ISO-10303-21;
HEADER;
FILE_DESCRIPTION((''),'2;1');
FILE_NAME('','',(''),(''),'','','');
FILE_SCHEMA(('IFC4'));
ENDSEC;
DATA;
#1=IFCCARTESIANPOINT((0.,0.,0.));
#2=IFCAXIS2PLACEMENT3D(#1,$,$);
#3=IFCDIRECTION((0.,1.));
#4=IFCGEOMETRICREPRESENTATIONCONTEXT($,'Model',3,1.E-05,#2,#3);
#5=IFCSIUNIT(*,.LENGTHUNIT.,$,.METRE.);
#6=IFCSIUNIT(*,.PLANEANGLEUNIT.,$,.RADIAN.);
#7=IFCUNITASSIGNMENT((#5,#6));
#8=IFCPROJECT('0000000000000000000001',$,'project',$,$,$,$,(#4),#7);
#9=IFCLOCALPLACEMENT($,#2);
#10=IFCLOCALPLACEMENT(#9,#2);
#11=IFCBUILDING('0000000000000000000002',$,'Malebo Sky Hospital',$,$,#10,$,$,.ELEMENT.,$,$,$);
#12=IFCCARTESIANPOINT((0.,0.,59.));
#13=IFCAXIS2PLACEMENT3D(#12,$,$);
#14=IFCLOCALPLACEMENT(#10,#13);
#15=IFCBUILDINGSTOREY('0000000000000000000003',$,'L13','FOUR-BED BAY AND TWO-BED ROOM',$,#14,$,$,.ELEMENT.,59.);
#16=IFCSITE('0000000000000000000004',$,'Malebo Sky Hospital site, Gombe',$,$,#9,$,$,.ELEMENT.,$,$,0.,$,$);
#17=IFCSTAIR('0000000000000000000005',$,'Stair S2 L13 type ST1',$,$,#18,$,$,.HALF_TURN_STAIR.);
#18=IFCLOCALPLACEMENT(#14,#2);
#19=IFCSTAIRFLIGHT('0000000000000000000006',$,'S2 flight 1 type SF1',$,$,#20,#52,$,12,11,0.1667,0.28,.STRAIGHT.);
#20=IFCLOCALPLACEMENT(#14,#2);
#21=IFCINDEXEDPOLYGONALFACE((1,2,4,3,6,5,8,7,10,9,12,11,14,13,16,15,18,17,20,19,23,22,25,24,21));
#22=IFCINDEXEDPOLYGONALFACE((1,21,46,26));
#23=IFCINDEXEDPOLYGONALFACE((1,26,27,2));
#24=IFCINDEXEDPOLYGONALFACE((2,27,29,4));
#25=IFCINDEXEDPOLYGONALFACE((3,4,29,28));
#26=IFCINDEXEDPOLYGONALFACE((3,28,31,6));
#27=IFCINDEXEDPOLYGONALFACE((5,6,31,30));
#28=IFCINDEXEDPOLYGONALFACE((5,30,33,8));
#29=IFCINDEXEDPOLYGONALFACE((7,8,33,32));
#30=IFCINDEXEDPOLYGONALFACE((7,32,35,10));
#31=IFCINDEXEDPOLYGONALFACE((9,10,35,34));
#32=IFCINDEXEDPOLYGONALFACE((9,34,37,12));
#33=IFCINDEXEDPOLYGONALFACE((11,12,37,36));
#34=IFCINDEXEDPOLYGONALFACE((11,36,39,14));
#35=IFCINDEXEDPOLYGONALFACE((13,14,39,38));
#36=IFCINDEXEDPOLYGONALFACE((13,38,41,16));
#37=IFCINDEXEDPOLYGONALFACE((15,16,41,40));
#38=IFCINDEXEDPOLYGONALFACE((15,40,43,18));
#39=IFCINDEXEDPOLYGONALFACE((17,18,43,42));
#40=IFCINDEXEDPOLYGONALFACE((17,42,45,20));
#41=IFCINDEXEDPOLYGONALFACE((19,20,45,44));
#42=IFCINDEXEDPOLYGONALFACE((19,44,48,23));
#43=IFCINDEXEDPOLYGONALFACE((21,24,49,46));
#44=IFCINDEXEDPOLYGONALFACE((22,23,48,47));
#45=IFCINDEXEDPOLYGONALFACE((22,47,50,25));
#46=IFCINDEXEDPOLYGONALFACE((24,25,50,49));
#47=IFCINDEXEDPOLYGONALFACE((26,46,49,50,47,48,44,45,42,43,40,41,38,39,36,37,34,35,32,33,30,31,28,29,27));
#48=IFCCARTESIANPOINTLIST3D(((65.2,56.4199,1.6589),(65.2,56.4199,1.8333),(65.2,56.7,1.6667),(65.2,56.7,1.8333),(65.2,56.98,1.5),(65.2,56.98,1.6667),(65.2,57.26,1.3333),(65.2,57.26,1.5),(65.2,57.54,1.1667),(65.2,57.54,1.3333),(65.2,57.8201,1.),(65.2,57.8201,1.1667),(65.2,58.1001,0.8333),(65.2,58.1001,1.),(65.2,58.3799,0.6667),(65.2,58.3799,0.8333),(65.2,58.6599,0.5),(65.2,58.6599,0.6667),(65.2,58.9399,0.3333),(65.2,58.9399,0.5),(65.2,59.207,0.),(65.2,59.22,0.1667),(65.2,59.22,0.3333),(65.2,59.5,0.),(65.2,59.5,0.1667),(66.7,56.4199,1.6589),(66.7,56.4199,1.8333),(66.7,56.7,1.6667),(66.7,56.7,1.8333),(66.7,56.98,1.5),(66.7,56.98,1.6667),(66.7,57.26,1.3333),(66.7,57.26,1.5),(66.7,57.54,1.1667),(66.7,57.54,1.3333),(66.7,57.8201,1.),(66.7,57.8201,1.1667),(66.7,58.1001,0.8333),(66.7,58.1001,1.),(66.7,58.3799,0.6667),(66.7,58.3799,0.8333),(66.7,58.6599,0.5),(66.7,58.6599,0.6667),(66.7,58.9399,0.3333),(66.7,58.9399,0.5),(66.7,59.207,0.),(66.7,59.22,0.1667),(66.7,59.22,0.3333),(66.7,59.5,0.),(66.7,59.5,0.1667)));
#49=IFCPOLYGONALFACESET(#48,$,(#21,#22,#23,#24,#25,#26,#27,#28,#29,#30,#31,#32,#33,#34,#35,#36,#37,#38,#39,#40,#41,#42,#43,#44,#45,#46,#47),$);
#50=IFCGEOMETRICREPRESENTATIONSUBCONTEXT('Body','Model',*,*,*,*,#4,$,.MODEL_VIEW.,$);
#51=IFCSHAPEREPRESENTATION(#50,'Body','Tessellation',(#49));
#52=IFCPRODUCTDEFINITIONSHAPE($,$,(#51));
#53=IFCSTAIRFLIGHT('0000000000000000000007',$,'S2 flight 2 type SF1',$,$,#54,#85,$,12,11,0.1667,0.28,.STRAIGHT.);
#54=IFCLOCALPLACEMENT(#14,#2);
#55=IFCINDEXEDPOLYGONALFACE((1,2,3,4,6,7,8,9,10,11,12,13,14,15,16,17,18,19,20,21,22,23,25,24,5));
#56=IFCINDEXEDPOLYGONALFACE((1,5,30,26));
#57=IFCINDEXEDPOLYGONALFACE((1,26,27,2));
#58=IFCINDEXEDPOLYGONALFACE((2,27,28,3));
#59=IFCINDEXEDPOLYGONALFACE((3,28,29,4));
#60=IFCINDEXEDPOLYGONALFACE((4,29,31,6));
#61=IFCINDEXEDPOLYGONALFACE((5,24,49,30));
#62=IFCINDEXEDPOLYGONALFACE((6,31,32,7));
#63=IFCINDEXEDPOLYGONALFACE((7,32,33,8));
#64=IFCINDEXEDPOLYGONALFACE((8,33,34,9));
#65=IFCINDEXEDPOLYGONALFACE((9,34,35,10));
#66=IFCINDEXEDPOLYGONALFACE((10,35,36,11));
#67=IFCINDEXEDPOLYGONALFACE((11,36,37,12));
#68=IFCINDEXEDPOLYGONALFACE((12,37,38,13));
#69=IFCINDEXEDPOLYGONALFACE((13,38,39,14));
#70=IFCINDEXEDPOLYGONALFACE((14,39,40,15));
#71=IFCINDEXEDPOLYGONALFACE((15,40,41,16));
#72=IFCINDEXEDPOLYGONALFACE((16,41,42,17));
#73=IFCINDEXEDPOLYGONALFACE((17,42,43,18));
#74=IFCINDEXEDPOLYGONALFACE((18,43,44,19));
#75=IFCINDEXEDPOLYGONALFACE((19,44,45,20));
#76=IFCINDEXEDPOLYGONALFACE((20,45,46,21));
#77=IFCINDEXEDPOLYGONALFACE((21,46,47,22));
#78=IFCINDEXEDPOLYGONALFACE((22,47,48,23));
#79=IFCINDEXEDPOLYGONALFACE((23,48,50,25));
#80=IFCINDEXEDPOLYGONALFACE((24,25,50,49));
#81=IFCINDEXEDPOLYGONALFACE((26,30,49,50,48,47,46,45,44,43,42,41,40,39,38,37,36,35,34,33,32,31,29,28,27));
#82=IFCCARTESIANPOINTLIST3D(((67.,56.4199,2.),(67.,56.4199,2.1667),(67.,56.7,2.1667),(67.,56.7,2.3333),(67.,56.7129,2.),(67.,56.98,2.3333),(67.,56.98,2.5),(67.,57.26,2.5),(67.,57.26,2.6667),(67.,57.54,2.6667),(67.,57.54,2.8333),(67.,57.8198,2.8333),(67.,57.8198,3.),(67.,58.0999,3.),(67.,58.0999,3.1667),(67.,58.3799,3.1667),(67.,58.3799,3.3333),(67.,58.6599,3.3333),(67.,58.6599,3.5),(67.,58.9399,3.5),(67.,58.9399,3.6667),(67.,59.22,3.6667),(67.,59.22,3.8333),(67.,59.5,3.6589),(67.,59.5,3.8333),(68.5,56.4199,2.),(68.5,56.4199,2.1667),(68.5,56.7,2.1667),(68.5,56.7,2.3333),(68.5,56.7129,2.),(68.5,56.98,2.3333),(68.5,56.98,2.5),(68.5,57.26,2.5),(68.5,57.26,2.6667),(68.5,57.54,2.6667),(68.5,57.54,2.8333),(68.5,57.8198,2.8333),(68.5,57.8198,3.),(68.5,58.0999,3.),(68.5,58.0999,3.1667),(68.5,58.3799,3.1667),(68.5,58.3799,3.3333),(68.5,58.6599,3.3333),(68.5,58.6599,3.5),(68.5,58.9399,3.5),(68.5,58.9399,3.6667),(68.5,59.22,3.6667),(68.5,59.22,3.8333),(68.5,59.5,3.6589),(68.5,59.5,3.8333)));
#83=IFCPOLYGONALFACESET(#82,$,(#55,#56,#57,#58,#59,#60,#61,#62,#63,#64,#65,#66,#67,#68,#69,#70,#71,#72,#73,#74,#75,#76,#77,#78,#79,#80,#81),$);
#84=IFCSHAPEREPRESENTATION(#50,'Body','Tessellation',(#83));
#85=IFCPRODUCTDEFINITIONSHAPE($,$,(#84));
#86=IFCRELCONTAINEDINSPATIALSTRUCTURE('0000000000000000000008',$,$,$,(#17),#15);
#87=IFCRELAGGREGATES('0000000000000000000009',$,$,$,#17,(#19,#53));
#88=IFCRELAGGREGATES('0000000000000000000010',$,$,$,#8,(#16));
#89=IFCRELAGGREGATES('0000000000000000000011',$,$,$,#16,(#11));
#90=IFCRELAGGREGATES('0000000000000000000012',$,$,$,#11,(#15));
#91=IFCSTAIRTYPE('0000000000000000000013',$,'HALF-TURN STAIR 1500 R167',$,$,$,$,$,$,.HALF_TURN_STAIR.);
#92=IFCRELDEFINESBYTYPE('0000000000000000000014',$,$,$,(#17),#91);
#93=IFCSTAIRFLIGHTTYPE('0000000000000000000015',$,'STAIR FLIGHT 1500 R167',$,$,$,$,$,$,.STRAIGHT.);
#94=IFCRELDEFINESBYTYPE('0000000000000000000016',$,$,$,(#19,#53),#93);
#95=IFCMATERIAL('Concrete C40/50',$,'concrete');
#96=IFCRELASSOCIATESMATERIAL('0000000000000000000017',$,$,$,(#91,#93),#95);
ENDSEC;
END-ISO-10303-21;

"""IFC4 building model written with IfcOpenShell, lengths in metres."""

from ifc_helpers import new_model, si_unit, direction, frame, origin, place, context, subcontext, project, spatial, polyline, outline, extrude, material, type_object, element, aggregate, save


model = new_model("IFC4")

# Units and contexts
model_context = context("Model", 3, precision=1e-05, world=origin(), true_north=direction((0.0, 1.0)))
body_context = subcontext(model_context, "Body", "Model", "MODEL_VIEW")
ifc_project = project(units=[si_unit("LENGTHUNIT", "METRE"), si_unit("PLANEANGLEUNIT", "RADIAN")], contexts=[model_context])

# Site, building, storey
site_placement = place(None, origin())
site = spatial("IfcSite", under=ifc_project, at=site_placement, Name="Malebo Sky Hospital site, Gombe", CompositionType="ELEMENT", RefElevation=0.0)
building_placement = place(site_placement, origin())
building = spatial("IfcBuilding", under=site, at=building_placement, Name="Malebo Sky Hospital", CompositionType="ELEMENT")
storey_placement = place(building_placement, frame((0.0, 0.0, 59.0)))
storey = spatial("IfcBuildingStorey", under=building, at=storey_placement, Name="L13", Description="FOUR-BED BAY AND TWO-BED ROOM", CompositionType="ELEMENT", Elevation=59.0)

# Stair, stair flights
ifc_material_1 = material(Name="Concrete C40/50", Category="concrete")
stair_type = type_object("IfcStairType", Name="HALF-TURN STAIR 1500 R167", PredefinedType="HALF_TURN_STAIR", material=ifc_material_1)
stair_placement = place(storey_placement, origin())
stair = element("IfcStair", 1, at=stair_placement, inside=storey, type_object=stair_type, Name="Stair S2 L13 type ST1", PredefinedType="HALF_TURN_STAIR")
stair_flight_type = type_object("IfcStairFlightType", Name="STAIR FLIGHT 1500 R167", PredefinedType="STRAIGHT", material=ifc_material_1)
stair_flight_1_placement = place(storey_placement, frame((65.95, 59.5, 0.0), z_axis=(0.0, 0.0, 1.0), x_axis=(0.0, -1.0, 0.0)))
stair_flight_1 = element("IfcStairFlight", 2, at=stair_flight_1_placement, type_object=stair_flight_type, Name="S2 flight 1 type SF1", NumberOfRisers=12, NumberOfTreads=11, PredefinedType="STRAIGHT", RiserHeight=0.1667, TreadLength=0.28, context=body_context, shape_type="SweptSolid", body=[
    extrude(outline(polyline([(0.0, 0.0), (0.0, 0.1667), (0.28, 0.1667), (0.28, 0.3333), (0.5601, 0.3333), (0.5601, 0.5), (0.8401, 0.5), (0.8401, 0.6667), (1.1201, 0.6667), (1.1201, 0.8333), (1.3999, 0.8333), (1.3999, 1.0), (1.6799, 1.0), (1.6799, 1.1667), (1.96, 1.1667), (1.96, 1.3333), (2.24, 1.3333), (2.24, 1.5), (2.52, 1.5), (2.52, 1.6667), (2.8, 1.6667), (2.8, 1.8333), (3.0801, 1.8333), (3.0801, 2.0), (3.0801, 1.6589), (0.293, 0.0), (0.0, 0.0)])), frame((0.0, 0.75, 0.0), z_axis=(0.0, -1.0, 0.0), x_axis=(1.0, 0.0, 0.0)), (0.0, 0.0, 1.0), 1.5),
])
stair_flight_2_placement = place(storey_placement, frame((67.75, 56.4199, 2.0), z_axis=(0.0, 0.0, 1.0), x_axis=(0.0, 1.0, 0.0)))
stair_flight_2 = element("IfcStairFlight", 3, at=stair_flight_2_placement, type_object=stair_flight_type, Name="S2 flight 2 type SF1", NumberOfRisers=12, NumberOfTreads=11, PredefinedType="STRAIGHT", RiserHeight=0.1667, TreadLength=0.28, context=body_context, shape_type="SweptSolid", body=[
    extrude(outline(polyline([(0.0, 0.0), (0.0, 0.1667), (0.28, 0.1667), (0.28, 0.3333), (0.5601, 0.3333), (0.5601, 0.5), (0.8401, 0.5), (0.8401, 0.6667), (1.1201, 0.6667), (1.1201, 0.8333), (1.3999, 0.8333), (1.3999, 1.0), (1.6799, 1.0), (1.6799, 1.1667), (1.96, 1.1667), (1.96, 1.3333), (2.24, 1.3333), (2.24, 1.5), (2.52, 1.5), (2.52, 1.6667), (2.8, 1.6667), (2.8, 1.8333), (3.0801, 1.8333), (3.0801, 2.0), (3.0801, 1.6589), (0.293, 0.0), (0.0, 0.0)])), frame((0.0, 0.75, 0.0), z_axis=(0.0, -1.0, 0.0), x_axis=(1.0, 0.0, 0.0)), (0.0, 0.0, 1.0), 1.5),
])
aggregate(stair, [stair_flight_1, stair_flight_2])

save(model, "model.ifc")
